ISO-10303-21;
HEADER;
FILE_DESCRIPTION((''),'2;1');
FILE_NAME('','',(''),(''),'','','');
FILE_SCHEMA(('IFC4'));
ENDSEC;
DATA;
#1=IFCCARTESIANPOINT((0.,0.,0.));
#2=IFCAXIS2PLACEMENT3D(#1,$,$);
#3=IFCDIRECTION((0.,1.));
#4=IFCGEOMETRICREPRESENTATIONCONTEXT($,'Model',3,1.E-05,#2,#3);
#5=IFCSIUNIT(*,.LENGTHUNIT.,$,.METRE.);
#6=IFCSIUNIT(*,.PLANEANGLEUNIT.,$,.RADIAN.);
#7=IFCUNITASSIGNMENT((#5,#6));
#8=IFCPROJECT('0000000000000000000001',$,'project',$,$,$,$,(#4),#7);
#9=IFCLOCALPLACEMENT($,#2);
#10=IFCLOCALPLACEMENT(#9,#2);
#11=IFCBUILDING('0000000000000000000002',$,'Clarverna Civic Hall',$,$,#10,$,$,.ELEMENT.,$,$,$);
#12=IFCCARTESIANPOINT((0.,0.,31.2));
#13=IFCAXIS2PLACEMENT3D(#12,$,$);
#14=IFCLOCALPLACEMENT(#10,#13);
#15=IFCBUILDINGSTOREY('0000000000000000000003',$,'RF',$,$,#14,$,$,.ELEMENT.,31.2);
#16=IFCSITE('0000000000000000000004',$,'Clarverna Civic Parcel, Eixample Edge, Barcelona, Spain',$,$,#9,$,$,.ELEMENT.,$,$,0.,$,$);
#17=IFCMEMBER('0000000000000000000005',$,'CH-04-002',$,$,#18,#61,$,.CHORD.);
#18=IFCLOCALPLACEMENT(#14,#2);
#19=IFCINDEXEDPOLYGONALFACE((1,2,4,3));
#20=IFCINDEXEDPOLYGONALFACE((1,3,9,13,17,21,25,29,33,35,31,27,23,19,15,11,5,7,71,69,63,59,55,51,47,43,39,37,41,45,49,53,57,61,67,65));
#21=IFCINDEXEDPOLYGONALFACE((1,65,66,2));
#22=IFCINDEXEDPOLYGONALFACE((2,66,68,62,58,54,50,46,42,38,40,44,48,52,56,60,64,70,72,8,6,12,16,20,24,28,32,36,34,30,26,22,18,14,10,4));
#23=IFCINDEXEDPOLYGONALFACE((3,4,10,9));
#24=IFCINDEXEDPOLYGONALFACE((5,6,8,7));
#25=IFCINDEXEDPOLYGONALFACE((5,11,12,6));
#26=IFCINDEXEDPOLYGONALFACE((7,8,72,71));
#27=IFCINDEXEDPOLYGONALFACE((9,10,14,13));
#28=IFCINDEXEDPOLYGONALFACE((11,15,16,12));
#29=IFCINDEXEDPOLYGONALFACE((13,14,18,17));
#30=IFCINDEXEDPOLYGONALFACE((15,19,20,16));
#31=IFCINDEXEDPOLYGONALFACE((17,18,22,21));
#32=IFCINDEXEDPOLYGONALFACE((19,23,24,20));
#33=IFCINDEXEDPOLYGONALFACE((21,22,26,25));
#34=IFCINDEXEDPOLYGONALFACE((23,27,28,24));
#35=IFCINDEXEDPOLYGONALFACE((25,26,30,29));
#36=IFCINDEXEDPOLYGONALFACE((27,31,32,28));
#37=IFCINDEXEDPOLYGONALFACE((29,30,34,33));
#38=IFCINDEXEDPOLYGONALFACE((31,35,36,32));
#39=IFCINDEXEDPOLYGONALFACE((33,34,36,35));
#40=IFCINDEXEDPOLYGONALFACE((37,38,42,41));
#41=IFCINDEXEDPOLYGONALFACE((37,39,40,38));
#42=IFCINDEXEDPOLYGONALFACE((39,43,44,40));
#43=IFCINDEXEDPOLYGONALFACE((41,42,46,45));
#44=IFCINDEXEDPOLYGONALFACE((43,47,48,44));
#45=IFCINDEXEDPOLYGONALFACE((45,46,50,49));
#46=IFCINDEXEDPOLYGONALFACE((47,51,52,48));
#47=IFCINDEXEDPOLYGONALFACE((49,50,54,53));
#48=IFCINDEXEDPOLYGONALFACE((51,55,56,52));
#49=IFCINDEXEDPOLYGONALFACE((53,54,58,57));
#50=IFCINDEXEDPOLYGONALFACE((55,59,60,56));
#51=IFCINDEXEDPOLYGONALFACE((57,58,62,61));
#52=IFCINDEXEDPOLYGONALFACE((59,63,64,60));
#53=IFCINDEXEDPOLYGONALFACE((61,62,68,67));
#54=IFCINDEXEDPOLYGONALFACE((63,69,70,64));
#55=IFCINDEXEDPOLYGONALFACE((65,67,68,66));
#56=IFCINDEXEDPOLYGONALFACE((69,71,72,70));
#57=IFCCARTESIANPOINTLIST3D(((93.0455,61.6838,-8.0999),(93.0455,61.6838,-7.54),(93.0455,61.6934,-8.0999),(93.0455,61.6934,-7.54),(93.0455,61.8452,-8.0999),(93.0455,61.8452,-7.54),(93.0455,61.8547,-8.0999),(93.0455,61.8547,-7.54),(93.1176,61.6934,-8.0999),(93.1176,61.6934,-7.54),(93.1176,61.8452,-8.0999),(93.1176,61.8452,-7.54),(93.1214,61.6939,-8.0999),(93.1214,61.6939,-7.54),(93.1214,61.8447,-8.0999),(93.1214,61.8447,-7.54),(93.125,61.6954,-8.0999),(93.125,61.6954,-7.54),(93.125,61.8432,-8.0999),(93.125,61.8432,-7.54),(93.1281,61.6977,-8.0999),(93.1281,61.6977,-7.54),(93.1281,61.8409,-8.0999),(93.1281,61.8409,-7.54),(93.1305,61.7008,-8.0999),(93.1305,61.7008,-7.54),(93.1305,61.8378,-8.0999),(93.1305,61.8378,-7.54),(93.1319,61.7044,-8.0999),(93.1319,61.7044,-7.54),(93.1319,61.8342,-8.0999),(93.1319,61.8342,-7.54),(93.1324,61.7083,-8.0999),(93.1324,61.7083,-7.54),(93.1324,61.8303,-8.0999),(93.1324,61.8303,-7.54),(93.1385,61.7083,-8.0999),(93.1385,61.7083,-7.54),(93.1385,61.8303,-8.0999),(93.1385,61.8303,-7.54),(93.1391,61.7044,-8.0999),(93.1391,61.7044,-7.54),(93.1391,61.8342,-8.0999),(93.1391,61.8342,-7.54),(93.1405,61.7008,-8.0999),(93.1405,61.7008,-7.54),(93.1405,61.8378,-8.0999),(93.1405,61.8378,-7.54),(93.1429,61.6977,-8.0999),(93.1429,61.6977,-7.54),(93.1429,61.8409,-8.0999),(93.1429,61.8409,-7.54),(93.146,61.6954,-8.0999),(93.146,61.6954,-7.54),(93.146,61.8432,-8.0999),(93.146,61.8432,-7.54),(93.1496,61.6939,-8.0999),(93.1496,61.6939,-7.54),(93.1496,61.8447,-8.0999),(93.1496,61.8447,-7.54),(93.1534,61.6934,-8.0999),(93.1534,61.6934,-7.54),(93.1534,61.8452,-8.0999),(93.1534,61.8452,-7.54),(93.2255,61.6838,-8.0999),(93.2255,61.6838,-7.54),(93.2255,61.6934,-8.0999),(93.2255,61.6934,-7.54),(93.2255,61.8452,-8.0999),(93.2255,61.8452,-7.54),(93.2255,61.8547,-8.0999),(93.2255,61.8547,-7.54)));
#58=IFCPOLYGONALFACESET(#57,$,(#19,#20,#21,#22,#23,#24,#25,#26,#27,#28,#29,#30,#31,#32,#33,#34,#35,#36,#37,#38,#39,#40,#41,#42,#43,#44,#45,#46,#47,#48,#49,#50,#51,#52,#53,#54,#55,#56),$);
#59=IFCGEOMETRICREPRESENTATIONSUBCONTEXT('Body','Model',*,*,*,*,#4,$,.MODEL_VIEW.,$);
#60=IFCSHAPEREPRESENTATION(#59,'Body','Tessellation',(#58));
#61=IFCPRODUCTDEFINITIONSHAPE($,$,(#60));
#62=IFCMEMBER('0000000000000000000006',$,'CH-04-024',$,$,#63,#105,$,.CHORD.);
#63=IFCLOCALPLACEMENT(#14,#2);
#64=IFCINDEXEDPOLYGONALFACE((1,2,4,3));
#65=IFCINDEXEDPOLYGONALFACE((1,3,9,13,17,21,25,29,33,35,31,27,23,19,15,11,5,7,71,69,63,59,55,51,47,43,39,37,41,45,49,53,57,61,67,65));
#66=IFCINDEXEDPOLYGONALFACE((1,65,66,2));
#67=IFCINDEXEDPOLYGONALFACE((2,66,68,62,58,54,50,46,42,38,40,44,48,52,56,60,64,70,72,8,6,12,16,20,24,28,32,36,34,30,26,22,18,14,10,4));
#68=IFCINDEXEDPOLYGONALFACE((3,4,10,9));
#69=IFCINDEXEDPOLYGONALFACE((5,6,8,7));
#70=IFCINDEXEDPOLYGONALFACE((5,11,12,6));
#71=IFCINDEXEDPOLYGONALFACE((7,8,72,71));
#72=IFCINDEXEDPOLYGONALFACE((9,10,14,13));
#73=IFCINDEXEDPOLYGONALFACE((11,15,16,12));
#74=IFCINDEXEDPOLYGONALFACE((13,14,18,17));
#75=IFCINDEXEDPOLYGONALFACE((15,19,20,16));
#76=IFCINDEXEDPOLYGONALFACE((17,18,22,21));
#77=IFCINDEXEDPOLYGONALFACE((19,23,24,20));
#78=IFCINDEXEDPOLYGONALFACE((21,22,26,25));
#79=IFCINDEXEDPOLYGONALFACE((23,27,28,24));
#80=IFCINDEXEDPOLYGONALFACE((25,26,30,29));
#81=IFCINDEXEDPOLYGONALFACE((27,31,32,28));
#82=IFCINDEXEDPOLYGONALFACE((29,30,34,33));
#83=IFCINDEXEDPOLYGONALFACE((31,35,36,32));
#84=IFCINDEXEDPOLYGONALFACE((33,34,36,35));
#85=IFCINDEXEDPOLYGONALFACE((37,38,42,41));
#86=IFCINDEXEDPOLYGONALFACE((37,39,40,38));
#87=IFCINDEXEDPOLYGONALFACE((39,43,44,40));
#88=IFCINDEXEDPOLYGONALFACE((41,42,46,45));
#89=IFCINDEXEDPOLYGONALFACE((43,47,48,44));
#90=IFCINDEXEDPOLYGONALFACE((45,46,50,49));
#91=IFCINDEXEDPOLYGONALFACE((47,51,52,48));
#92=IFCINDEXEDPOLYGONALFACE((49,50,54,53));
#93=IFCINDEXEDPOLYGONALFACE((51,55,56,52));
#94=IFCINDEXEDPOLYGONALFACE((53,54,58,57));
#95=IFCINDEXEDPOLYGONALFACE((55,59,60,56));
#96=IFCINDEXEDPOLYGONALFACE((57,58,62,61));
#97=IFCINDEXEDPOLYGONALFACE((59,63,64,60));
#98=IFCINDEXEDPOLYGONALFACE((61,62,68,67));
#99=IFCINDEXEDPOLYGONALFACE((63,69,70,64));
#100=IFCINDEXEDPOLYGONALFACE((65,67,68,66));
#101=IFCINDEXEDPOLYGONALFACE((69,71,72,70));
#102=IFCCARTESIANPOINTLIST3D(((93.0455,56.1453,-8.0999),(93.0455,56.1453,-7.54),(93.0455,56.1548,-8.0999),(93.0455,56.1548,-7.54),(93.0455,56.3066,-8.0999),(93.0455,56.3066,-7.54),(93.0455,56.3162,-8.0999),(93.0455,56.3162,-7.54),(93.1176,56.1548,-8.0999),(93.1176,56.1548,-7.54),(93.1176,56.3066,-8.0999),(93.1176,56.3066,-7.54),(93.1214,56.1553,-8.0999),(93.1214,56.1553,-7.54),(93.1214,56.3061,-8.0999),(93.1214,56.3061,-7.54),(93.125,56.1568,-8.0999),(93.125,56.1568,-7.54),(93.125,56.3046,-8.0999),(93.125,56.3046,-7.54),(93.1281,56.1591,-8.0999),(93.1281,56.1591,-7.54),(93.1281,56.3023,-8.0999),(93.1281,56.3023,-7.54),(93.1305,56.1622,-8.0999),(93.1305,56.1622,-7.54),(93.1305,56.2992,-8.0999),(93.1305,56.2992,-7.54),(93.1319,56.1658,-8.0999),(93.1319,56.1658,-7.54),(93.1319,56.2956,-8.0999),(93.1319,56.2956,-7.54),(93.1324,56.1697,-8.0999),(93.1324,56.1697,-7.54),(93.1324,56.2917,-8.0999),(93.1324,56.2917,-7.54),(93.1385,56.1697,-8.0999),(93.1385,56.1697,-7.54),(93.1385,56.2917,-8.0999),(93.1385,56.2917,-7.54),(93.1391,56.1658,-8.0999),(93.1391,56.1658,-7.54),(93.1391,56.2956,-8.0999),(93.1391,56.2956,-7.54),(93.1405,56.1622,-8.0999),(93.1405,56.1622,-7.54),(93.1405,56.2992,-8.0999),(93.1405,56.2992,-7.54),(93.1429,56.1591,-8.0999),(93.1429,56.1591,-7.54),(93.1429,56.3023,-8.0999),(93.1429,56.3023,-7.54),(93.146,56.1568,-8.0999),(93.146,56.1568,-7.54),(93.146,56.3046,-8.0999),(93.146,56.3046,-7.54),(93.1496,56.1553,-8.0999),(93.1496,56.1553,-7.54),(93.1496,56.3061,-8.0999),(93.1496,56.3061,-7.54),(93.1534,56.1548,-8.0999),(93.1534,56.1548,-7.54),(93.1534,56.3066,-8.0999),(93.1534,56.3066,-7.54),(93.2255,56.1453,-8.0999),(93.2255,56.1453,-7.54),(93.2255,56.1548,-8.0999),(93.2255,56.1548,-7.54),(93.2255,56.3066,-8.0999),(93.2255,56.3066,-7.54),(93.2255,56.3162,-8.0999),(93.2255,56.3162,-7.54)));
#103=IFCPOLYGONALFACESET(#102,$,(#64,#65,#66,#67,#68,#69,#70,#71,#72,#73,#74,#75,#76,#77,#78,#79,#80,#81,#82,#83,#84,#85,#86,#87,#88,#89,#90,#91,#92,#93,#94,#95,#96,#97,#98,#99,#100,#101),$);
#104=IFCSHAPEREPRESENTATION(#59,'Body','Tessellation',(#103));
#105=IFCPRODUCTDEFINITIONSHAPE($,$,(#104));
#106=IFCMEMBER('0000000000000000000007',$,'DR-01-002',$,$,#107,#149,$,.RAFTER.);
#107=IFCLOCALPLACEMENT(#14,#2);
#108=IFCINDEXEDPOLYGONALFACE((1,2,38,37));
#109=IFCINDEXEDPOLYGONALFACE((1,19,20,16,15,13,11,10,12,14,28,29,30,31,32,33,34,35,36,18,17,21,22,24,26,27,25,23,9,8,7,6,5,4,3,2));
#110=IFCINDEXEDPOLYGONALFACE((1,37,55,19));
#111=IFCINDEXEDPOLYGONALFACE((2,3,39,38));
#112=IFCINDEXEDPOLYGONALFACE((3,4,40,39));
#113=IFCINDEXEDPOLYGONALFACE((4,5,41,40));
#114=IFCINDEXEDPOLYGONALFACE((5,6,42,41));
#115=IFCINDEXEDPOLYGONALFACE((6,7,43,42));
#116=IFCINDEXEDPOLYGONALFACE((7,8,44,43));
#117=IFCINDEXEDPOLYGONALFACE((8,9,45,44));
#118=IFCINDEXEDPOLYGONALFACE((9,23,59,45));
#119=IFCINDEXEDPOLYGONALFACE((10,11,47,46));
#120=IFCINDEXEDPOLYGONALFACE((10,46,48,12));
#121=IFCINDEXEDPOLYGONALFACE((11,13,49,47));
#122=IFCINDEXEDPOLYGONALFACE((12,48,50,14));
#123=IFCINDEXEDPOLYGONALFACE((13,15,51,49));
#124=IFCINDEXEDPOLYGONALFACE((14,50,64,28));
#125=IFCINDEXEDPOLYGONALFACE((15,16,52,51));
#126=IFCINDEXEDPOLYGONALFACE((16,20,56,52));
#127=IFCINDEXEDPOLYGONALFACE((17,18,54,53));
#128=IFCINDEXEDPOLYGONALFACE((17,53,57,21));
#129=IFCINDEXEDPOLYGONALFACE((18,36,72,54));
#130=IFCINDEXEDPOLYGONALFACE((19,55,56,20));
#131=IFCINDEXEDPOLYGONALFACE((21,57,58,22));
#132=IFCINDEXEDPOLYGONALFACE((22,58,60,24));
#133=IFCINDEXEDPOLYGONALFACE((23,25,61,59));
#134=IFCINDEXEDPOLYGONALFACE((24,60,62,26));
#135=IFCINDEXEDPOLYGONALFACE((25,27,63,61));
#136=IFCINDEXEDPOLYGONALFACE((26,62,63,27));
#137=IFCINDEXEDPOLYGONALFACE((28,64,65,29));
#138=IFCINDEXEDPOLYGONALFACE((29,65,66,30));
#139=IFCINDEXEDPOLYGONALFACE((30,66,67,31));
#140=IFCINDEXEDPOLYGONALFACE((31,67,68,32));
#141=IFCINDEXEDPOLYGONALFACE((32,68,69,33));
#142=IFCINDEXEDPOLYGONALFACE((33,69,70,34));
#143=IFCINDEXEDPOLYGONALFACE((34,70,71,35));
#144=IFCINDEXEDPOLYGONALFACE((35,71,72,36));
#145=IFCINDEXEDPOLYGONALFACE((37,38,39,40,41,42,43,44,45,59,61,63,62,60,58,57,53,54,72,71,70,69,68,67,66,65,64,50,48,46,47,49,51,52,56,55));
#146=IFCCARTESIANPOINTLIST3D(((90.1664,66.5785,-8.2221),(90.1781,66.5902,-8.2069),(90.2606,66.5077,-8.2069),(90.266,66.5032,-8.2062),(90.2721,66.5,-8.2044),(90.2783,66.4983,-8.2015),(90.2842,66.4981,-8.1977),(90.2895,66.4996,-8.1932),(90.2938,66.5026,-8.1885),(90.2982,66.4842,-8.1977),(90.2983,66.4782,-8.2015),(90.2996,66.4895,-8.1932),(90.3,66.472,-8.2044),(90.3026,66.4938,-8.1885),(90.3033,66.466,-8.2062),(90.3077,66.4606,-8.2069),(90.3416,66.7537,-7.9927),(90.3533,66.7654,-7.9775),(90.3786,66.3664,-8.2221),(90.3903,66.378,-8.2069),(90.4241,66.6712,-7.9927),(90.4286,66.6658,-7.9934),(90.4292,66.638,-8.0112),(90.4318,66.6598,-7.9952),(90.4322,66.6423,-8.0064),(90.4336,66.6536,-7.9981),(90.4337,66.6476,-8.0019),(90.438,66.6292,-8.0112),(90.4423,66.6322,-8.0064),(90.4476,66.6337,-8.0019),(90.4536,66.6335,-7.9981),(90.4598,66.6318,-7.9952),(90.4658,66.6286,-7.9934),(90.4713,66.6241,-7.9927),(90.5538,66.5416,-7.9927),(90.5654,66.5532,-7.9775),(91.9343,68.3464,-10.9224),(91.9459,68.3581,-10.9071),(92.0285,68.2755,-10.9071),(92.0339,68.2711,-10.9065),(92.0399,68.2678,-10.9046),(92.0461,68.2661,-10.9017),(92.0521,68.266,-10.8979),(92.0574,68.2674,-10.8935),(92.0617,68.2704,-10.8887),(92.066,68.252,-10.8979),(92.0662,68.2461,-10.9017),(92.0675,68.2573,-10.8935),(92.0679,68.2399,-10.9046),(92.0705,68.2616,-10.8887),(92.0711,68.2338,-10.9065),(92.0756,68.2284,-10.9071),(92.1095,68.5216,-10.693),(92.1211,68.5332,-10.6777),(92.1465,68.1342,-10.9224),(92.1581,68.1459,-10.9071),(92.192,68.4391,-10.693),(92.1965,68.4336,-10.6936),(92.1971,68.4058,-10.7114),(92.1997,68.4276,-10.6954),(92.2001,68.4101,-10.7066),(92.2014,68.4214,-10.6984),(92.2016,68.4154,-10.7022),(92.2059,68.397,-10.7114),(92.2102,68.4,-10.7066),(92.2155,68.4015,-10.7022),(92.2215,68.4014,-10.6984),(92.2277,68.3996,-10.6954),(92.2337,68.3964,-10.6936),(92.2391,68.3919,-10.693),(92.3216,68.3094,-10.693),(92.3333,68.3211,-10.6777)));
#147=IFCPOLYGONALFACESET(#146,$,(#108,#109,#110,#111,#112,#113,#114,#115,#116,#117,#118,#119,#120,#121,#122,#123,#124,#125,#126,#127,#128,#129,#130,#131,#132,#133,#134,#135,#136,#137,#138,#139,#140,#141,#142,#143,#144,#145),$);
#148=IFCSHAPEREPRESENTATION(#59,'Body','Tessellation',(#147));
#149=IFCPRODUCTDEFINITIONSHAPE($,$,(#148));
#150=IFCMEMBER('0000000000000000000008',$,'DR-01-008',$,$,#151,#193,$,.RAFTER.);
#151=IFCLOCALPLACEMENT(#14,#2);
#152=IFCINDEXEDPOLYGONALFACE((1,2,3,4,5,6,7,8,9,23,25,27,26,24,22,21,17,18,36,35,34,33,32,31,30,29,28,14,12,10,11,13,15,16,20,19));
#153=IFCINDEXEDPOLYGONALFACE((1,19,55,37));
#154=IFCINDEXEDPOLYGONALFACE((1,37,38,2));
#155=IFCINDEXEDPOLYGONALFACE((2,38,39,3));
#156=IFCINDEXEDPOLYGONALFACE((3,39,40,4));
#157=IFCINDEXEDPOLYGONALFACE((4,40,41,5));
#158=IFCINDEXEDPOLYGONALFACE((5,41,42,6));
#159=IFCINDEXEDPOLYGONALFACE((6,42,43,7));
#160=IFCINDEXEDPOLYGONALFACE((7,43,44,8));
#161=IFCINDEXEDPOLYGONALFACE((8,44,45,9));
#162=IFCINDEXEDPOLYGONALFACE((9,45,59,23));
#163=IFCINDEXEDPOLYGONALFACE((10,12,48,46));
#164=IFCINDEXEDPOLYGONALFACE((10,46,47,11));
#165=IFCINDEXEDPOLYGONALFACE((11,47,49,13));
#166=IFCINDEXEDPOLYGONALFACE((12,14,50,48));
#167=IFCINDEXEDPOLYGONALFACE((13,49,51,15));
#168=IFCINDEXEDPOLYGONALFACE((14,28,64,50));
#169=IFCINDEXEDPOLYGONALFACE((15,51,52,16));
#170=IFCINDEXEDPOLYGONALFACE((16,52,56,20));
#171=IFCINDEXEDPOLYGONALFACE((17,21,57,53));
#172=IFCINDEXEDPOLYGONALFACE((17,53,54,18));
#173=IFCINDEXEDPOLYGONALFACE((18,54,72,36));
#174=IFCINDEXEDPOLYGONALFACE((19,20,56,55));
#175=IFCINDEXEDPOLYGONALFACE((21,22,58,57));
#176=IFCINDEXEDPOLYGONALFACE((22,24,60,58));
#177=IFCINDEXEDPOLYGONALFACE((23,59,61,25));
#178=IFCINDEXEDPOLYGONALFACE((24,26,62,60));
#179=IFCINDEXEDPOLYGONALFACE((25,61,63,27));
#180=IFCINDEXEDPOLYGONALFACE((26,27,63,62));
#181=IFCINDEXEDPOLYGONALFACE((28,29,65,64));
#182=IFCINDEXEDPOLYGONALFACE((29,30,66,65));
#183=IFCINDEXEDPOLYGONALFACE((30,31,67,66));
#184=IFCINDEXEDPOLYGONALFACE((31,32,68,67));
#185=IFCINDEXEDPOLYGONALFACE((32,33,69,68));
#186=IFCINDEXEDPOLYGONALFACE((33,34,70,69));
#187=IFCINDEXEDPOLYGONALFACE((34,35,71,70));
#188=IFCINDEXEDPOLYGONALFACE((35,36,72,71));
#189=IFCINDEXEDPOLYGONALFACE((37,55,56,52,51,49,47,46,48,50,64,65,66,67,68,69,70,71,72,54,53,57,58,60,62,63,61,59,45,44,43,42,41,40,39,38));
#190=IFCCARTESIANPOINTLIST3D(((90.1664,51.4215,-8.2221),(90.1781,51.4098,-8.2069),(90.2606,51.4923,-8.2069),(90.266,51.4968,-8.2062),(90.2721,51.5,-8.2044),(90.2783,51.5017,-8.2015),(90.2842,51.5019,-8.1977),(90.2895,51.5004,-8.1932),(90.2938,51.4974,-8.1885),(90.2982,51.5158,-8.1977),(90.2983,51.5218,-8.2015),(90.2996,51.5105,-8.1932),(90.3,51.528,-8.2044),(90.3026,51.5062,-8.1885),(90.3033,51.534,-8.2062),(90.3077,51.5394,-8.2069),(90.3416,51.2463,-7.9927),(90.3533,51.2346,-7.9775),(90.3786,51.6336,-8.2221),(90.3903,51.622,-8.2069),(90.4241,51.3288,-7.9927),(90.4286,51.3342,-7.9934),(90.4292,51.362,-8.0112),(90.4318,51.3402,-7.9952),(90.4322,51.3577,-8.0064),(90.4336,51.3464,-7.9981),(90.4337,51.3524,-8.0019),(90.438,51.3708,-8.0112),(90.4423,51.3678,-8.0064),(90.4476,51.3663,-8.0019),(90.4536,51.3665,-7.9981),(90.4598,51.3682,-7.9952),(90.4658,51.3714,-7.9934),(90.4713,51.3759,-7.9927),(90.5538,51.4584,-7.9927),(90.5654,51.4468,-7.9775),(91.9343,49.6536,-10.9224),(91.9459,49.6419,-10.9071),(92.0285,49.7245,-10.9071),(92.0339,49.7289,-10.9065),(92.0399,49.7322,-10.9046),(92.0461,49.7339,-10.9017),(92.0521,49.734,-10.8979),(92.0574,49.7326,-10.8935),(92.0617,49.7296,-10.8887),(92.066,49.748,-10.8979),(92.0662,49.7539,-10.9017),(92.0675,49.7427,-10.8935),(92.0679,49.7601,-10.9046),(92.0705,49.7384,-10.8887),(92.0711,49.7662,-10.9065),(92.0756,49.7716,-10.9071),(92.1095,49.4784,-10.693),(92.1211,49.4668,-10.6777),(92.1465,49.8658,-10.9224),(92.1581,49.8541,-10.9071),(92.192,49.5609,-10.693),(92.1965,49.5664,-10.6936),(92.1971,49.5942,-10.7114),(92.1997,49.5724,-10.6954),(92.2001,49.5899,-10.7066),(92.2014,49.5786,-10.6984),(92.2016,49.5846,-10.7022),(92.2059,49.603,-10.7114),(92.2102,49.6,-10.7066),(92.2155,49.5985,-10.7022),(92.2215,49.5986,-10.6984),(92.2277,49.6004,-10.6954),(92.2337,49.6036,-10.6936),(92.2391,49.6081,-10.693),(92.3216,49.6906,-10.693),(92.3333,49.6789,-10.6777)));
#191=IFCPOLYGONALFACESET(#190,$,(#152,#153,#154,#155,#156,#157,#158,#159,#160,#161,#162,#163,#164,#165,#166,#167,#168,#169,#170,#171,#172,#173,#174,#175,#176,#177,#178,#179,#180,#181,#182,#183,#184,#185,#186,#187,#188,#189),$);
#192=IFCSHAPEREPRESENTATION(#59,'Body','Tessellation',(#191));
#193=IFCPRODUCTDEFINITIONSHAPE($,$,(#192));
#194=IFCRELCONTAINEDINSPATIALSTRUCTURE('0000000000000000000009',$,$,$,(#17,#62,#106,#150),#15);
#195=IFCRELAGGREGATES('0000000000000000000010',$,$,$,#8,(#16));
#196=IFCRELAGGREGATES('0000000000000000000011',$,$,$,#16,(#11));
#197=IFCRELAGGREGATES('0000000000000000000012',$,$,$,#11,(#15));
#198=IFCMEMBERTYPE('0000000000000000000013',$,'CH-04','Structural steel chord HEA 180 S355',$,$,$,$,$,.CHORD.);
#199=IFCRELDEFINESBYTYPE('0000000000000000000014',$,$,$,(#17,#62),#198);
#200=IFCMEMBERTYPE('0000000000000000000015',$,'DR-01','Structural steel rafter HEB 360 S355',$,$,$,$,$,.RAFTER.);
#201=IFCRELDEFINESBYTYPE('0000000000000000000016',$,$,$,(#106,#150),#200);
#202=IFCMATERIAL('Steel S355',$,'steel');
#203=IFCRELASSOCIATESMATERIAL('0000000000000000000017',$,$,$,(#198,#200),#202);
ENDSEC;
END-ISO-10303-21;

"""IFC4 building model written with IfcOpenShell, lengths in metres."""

from ifc_helpers import new_model, si_unit, direction, frame, origin, origin_2d, place, context, subcontext, project, spatial, i_section, extrude, material, material_profile, profile_set, type_object, element, save


model = new_model("IFC4")

# Units and contexts
model_context = context("Model", 3, precision=1e-05, world=origin(), true_north=direction((0.0, 1.0)))
body_context = subcontext(model_context, "Body", "Model", "MODEL_VIEW")
ifc_project = project(units=[si_unit("LENGTHUNIT", "METRE"), si_unit("PLANEANGLEUNIT", "RADIAN")], contexts=[model_context])

# Site, building, storey
site_placement = place(None, origin())
site = spatial("IfcSite", under=ifc_project, at=site_placement, Name="Clarverna Civic Parcel, Eixample Edge, Barcelona, Spain", CompositionType="ELEMENT", RefElevation=0.0)
building_placement = place(site_placement, origin())
building = spatial("IfcBuilding", under=site, at=building_placement, Name="Clarverna Civic Hall", CompositionType="ELEMENT")
storey_placement = place(building_placement, frame((0.0, 0.0, 31.2)))
storey = spatial("IfcBuildingStorey", under=building, at=storey_placement, Name="RF", CompositionType="ELEMENT", Elevation=31.2)

# Members
ifc_material_1 = material(Name="Steel S355", Category="steel")
ifc_material_profile_1 = material_profile(ifc_material_1, i_section(OverallWidth=0.1799, OverallDepth=0.1709, WebThickness=0.0061, FlangeThickness=0.0095, FilletRadius=0.0149, at=origin_2d()), Name="HEA 180")
ifc_profile_set_1 = profile_set([ifc_material_profile_1], Name="Steel S355")
member_type_1 = type_object("IfcMemberType", Name="CH-04", Description="Structural steel chord HEA 180 S355", PredefinedType="CHORD", material=ifc_profile_set_1)
for number, where, z_axis, x_axis, name in (
    (1, (93.1355, 61.7693, -8.0999), (0.0, 0.0, 1.0), (1.0, 0.0, 0.0), "CH-04-002"),
    (2, (93.1355, 56.2307, -8.0999), (0.0, 0.0, 1.0), (1.0, 0.0, 0.0), "CH-04-024"),
):
    element("IfcMember", number, at=place(storey_placement, frame(where, z_axis=z_axis, x_axis=x_axis)), inside=storey, type_object=member_type_1, Name=name, PredefinedType="CHORD", context=body_context, shape_type="SweptSolid", body=[
        extrude(i_section(OverallWidth=0.1799, OverallDepth=0.1709, WebThickness=0.0061, FlangeThickness=0.0095, FilletRadius=0.0149, at=origin_2d()), origin(), (0.0, 0.0, 1.0), 0.5598),
    ])
ifc_material_profile_2 = material_profile(ifc_material_1, i_section(OverallWidth=0.3, OverallDepth=0.3601, WebThickness=0.0125, FlangeThickness=0.0225, FilletRadius=0.0271, at=origin_2d()), Name="HEB 360")
ifc_profile_set_2 = profile_set([ifc_material_profile_2], Name="Steel S355")
member_type_2 = type_object("IfcMemberType", Name="DR-01", Description="Structural steel rafter HEB 360 S355", PredefinedType="RAFTER", material=ifc_profile_set_2)
for number, where, z_axis, x_axis, name in (
    (3, (92.1338, 68.3337, -10.8), (-0.480403, -0.480403, 0.733775), (0.707107, -0.707107, 0.0), "DR-01-002"),
    (4, (92.1338, 49.6663, -10.8), (-0.480403, 0.480403, 0.733775), (-0.707107, -0.707107, 0.0), "DR-01-008"),
):
    element("IfcMember", number, at=place(storey_placement, frame(where, z_axis=z_axis, x_axis=x_axis)), inside=storey, type_object=member_type_2, Name=name, PredefinedType="RAFTER", context=body_context, shape_type="SweptSolid", body=[
        extrude(i_section(OverallWidth=0.3, OverallDepth=0.3601, WebThickness=0.0125, FlangeThickness=0.0225, FilletRadius=0.0271, at=origin_2d()), origin(), (0.0, 0.0, 1.0), 3.6799),
    ])

save(model, "model.ifc")
